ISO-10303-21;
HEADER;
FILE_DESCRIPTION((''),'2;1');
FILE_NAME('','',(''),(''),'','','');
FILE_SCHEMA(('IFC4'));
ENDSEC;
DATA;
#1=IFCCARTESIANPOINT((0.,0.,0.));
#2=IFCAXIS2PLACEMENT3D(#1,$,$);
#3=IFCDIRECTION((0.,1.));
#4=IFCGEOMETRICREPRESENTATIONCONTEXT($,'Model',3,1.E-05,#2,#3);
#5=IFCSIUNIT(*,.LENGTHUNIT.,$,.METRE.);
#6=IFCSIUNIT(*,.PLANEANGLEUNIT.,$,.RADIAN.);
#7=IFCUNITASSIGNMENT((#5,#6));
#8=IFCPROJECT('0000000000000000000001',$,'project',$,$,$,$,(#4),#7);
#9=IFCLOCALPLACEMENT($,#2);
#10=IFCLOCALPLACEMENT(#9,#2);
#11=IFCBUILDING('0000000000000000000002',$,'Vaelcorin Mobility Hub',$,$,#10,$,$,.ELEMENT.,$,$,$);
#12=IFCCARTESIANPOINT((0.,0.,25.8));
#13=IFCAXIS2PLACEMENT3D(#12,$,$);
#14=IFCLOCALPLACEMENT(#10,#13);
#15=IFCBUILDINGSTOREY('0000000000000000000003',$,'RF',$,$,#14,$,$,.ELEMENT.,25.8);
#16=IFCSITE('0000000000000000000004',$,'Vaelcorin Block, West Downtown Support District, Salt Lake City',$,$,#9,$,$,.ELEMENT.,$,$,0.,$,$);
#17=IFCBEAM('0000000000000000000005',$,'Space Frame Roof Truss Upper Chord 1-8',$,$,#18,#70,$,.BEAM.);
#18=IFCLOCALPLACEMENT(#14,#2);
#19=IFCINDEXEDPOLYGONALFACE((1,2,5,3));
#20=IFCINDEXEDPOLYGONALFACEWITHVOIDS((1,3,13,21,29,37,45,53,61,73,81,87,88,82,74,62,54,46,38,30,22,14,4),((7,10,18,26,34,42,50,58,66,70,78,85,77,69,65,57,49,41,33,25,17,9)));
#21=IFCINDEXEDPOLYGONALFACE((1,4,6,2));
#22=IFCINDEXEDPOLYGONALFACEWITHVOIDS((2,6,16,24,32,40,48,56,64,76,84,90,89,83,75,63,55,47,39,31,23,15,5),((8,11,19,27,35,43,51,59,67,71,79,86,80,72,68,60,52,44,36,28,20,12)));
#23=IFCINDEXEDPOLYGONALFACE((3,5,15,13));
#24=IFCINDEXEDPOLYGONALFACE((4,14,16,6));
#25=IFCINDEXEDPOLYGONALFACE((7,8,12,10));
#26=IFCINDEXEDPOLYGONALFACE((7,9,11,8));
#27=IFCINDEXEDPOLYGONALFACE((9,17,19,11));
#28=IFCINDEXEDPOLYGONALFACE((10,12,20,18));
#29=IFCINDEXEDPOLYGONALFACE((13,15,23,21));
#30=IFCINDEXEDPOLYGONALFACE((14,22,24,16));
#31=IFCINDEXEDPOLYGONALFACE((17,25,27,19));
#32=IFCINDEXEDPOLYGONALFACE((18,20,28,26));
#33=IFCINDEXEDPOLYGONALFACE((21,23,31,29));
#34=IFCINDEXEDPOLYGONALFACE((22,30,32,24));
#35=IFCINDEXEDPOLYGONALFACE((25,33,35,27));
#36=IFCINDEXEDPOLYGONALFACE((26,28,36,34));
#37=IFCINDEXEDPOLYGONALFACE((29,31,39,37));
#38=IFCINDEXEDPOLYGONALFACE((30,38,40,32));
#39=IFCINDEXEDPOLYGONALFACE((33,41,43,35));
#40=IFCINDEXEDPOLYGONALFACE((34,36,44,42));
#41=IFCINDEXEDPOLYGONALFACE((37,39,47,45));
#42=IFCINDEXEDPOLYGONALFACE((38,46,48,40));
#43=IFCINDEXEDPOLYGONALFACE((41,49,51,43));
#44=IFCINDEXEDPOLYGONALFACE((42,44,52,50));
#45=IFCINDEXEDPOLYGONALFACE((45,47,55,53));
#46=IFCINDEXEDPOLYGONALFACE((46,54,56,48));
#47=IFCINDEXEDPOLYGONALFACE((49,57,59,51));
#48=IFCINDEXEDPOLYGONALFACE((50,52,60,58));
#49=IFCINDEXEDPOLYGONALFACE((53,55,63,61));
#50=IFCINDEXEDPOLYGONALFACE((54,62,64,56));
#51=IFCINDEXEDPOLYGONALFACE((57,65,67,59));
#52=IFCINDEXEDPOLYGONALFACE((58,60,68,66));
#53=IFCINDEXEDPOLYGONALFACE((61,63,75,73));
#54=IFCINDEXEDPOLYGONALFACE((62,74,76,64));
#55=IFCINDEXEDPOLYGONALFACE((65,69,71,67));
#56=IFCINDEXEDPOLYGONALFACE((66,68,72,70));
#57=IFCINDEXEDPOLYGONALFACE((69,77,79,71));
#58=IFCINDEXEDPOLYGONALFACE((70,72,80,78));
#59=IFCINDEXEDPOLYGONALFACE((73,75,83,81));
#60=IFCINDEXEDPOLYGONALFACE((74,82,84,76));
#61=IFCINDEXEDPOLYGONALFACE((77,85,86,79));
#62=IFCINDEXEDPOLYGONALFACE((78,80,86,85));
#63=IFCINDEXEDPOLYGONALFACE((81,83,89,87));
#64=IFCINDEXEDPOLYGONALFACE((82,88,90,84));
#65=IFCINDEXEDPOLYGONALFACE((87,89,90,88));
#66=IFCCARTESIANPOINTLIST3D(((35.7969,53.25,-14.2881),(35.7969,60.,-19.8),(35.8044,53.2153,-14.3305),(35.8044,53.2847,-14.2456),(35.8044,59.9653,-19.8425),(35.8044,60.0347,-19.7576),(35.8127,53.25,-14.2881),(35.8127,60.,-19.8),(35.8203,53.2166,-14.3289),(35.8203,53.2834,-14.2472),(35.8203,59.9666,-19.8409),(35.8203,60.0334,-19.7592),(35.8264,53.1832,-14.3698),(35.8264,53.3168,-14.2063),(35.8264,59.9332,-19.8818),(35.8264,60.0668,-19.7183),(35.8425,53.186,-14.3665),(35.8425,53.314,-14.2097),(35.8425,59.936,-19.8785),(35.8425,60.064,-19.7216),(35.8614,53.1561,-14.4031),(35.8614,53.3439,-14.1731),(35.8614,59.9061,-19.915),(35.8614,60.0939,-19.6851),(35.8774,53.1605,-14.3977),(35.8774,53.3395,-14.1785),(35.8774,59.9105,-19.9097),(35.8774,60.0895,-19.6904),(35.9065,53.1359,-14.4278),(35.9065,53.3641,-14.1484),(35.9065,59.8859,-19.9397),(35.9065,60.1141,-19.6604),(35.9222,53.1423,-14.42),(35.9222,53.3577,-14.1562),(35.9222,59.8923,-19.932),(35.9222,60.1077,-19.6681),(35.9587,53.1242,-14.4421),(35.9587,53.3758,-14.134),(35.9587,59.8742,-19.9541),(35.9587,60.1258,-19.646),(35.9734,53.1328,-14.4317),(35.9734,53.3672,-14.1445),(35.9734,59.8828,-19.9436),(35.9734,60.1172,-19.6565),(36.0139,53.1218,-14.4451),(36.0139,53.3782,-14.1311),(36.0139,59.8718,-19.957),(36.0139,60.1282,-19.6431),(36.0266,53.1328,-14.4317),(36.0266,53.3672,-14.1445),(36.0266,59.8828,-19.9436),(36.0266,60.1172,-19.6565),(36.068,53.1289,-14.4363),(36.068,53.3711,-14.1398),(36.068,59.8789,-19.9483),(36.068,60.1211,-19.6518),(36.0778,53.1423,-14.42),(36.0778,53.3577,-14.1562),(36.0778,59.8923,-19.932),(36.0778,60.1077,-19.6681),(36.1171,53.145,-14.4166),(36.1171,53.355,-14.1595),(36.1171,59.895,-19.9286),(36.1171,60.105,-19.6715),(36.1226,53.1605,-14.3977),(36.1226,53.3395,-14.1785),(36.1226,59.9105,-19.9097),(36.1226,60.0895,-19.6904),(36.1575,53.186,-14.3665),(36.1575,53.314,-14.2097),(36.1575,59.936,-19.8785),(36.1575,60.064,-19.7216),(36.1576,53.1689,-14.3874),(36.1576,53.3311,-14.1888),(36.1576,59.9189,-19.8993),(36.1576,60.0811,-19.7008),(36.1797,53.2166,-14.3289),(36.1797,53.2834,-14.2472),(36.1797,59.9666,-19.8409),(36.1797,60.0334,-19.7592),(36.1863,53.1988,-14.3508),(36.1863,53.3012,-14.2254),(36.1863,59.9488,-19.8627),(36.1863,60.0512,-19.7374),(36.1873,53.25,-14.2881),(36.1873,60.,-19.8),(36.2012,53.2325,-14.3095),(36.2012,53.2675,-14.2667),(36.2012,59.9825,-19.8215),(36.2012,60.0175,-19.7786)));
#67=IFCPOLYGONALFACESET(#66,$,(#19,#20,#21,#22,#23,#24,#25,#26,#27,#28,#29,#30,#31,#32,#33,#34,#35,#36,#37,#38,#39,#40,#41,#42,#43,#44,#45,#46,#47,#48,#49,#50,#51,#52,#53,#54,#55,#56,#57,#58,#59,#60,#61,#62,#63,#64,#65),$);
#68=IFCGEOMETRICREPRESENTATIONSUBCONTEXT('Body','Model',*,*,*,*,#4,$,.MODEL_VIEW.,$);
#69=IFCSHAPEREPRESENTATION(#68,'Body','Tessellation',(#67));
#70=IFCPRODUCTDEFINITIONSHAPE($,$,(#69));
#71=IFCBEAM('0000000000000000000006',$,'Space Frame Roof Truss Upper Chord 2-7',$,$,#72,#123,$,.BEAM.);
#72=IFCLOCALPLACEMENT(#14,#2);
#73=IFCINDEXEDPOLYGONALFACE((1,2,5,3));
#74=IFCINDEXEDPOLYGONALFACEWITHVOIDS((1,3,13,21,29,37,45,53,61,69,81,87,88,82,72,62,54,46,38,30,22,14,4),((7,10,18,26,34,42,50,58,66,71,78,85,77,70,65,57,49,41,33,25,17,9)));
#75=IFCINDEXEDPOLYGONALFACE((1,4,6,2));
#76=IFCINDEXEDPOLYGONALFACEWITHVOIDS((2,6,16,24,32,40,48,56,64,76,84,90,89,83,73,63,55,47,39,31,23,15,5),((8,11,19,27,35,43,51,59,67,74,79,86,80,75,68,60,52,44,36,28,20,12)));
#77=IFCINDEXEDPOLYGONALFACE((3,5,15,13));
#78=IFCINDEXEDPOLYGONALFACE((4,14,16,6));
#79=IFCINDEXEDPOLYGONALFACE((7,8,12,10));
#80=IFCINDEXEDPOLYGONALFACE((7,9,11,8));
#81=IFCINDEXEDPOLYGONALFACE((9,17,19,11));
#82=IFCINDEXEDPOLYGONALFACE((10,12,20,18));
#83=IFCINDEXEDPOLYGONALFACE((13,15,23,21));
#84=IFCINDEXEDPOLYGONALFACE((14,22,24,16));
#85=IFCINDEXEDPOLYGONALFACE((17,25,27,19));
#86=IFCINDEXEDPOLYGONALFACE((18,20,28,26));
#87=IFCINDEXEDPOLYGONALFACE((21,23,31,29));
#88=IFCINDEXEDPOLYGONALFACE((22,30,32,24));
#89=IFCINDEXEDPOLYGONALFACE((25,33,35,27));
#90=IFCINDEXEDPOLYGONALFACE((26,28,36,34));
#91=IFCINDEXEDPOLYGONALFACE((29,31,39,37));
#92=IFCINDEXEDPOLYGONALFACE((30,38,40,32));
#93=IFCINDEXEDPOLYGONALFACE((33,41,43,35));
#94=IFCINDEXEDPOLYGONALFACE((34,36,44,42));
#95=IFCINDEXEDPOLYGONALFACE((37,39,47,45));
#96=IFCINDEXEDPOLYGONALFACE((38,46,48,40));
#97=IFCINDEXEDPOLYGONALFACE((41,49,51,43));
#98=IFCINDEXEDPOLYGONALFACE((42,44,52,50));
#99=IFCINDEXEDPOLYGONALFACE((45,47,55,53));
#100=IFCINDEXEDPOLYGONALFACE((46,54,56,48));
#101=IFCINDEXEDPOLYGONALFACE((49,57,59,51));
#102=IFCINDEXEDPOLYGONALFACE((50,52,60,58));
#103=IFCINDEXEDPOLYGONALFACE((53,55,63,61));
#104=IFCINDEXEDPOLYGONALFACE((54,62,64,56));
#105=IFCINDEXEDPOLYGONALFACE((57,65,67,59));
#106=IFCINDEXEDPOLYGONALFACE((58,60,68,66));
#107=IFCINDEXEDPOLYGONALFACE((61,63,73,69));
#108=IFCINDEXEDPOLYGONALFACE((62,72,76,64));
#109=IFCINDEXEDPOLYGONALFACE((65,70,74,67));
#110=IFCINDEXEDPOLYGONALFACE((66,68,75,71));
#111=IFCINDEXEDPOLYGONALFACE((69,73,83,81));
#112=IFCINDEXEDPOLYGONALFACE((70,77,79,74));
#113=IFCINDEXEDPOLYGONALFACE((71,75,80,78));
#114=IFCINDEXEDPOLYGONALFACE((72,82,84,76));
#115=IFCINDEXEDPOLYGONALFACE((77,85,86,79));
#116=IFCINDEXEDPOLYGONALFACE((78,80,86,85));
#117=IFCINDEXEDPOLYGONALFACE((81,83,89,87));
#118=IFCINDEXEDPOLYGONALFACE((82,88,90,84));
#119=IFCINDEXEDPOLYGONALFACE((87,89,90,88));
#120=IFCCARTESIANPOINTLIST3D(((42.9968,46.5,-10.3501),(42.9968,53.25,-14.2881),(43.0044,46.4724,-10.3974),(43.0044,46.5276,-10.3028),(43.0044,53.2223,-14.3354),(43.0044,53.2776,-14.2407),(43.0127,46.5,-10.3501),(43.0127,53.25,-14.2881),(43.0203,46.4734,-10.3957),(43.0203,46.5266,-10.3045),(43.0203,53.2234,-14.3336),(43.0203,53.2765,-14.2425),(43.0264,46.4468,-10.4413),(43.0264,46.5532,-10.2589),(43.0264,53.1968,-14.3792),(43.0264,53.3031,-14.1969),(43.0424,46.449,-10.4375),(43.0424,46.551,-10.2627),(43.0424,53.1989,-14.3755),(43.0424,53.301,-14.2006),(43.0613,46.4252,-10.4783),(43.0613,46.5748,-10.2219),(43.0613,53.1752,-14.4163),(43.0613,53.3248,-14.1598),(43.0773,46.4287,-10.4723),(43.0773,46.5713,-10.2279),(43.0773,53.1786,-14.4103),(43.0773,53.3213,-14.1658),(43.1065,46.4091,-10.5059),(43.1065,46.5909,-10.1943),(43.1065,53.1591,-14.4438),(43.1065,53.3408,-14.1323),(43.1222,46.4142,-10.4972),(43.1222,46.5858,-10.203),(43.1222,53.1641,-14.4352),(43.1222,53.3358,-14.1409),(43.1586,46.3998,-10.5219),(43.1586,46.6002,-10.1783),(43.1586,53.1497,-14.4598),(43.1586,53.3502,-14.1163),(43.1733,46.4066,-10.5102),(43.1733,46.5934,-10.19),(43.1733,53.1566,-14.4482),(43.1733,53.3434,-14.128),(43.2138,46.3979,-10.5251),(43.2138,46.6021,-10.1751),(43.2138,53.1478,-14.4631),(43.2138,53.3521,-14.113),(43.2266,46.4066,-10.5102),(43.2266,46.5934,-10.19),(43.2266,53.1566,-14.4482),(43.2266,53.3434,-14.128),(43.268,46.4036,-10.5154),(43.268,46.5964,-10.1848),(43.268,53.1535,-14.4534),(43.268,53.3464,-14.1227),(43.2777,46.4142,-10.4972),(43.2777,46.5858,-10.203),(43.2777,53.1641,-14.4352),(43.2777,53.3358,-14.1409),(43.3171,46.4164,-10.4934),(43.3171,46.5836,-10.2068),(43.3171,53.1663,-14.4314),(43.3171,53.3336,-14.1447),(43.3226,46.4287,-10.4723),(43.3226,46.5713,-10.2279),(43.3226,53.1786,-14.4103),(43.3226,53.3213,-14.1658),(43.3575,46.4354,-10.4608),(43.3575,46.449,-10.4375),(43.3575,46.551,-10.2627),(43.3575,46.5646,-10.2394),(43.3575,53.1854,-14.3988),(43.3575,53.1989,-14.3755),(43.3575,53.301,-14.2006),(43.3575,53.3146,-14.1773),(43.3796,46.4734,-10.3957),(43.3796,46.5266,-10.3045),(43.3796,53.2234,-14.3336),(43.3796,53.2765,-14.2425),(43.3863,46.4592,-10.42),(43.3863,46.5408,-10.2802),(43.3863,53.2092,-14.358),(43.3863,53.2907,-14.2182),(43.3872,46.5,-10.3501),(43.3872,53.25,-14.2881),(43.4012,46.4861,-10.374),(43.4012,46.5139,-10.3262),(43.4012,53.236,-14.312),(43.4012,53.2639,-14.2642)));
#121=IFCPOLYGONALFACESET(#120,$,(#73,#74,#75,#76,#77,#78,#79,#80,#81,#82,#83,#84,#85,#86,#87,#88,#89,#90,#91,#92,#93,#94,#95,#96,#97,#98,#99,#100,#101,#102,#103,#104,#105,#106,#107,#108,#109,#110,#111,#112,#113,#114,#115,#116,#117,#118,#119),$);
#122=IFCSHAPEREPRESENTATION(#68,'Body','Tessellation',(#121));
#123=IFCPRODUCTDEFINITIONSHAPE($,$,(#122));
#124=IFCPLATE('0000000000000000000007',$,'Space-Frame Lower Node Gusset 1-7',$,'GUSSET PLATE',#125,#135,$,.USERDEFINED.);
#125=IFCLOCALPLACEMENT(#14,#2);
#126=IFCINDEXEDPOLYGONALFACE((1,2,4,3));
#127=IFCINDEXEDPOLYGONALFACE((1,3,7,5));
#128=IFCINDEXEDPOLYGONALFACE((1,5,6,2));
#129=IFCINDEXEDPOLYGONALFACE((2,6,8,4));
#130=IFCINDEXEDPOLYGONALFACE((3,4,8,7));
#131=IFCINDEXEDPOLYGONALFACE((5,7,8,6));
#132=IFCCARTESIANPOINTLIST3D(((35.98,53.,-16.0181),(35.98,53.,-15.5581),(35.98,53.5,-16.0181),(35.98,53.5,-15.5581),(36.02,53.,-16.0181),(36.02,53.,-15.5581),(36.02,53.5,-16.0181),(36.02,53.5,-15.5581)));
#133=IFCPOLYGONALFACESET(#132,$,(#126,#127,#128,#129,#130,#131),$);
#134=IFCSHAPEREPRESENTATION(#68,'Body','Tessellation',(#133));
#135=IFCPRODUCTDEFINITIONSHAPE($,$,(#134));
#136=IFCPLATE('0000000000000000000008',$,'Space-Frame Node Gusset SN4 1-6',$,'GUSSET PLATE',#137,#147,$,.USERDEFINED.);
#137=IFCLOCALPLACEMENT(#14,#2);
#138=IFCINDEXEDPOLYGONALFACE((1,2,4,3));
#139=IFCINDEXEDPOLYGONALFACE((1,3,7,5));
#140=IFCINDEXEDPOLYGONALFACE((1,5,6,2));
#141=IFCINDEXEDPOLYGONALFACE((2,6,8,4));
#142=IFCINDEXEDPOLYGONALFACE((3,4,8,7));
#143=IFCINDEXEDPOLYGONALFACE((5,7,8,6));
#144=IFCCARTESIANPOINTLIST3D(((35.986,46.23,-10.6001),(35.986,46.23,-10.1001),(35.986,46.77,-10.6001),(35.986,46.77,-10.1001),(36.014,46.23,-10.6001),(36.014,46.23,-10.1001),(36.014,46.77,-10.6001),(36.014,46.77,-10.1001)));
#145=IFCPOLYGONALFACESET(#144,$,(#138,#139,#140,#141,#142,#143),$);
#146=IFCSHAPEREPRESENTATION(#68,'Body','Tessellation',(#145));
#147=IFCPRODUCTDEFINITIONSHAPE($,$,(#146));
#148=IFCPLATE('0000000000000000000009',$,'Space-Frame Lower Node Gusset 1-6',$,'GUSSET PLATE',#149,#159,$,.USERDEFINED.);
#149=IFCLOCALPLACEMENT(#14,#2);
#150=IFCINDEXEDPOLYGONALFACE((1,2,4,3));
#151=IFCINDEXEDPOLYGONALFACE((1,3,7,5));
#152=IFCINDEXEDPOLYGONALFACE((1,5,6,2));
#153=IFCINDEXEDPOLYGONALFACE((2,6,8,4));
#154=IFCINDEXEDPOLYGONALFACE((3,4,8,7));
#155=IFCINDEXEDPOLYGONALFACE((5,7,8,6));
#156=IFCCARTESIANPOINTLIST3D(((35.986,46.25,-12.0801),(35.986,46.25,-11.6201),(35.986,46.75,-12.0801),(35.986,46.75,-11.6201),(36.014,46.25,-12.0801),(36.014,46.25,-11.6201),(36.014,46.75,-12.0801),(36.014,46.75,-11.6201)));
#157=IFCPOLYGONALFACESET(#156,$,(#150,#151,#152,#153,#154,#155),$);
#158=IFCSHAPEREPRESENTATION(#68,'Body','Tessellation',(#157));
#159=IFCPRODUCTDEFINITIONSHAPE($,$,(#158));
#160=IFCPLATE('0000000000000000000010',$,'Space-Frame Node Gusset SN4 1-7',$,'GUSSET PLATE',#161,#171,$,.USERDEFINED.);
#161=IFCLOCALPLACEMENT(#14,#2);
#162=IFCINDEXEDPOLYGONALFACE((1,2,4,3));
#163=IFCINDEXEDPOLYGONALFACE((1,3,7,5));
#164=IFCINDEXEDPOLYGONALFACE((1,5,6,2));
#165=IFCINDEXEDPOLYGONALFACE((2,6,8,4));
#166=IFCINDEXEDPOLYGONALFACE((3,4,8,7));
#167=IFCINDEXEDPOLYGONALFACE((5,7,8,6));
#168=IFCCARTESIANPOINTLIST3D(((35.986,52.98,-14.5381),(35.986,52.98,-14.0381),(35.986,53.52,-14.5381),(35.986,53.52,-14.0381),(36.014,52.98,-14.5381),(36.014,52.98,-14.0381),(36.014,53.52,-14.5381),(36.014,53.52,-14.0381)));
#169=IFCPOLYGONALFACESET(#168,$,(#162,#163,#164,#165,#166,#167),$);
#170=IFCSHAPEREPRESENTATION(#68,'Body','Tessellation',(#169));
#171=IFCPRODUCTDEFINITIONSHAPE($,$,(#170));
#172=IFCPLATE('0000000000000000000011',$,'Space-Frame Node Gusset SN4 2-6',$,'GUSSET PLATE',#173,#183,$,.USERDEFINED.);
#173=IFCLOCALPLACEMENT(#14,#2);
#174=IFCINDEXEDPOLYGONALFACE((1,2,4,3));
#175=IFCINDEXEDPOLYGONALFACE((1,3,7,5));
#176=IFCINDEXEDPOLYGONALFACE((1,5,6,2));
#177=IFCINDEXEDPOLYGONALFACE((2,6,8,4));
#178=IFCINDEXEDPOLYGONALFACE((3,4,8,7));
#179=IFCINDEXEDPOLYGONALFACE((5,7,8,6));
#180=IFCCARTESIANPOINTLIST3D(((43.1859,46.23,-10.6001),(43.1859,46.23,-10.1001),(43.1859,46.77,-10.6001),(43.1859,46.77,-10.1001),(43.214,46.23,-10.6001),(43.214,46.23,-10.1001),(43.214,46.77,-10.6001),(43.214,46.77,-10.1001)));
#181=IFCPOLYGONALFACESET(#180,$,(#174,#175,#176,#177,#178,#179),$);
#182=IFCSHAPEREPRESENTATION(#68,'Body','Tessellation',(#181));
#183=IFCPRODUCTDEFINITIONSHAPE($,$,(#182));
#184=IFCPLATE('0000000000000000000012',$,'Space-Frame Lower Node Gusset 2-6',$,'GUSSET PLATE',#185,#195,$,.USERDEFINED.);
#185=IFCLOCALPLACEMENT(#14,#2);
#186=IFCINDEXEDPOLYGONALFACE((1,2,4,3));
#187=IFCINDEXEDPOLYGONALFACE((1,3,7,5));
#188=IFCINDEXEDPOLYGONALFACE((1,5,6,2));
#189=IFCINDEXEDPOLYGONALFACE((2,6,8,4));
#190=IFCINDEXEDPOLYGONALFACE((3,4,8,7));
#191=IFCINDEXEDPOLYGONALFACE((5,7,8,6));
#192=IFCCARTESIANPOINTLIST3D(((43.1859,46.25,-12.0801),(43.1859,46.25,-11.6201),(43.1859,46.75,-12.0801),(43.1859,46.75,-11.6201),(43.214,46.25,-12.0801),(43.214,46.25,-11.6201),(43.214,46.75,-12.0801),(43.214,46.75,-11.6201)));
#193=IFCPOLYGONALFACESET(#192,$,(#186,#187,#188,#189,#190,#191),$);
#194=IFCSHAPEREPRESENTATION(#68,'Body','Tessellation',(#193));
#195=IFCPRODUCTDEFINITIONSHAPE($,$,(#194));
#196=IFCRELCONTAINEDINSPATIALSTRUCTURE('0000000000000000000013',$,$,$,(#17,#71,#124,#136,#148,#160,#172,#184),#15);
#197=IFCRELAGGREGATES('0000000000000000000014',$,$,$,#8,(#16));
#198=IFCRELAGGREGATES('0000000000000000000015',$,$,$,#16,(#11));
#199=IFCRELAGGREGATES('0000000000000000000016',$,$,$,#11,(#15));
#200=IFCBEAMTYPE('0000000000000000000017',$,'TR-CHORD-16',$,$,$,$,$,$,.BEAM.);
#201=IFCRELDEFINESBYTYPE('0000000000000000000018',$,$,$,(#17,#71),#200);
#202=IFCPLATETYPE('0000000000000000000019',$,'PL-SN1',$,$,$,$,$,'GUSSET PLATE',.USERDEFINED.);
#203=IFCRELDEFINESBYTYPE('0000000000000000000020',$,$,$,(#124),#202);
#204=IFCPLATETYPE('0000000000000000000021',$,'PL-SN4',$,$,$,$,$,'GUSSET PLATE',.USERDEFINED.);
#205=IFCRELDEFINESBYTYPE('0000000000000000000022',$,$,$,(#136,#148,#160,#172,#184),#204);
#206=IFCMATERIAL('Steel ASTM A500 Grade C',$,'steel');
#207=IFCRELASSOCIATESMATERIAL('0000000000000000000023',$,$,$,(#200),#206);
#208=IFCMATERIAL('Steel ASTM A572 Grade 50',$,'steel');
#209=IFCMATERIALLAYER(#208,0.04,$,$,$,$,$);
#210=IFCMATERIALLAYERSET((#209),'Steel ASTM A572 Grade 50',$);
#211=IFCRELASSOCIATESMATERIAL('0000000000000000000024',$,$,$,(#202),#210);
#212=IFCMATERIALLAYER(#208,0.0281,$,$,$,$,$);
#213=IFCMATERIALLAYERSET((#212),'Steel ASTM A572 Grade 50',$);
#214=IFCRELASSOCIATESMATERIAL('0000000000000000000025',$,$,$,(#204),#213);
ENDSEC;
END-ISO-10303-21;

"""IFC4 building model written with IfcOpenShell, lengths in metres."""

from ifc_helpers import new_model, si_unit, direction, frame, origin, origin_2d, place, context, subcontext, project, spatial, rectangle, hollow_circle, extrude, material, layer, layer_set, material_profile, profile_set, type_object, element, save


model = new_model("IFC4")

# Units and contexts
model_context = context("Model", 3, precision=1e-05, world=origin(), true_north=direction((0.0, 1.0)))
body_context = subcontext(model_context, "Body", "Model", "MODEL_VIEW")
ifc_project = project(units=[si_unit("LENGTHUNIT", "METRE"), si_unit("PLANEANGLEUNIT", "RADIAN")], contexts=[model_context])

# Site, building, storey
site_placement = place(None, origin())
site = spatial("IfcSite", under=ifc_project, at=site_placement, Name="Vaelcorin Block, West Downtown Support District, Salt Lake City", CompositionType="ELEMENT", RefElevation=0.0)
building_placement = place(site_placement, origin())
building = spatial("IfcBuilding", under=site, at=building_placement, Name="Vaelcorin Mobility Hub", CompositionType="ELEMENT")
storey_placement = place(building_placement, frame((0.0, 0.0, 25.8)))
storey = spatial("IfcBuildingStorey", under=building, at=storey_placement, Name="RF", CompositionType="ELEMENT", Elevation=25.8)

# Shared definitions
ifc_material_1 = material(Name="Steel ASTM A500 Grade C", Category="steel")

# Beams
ifc_material_profile_1 = material_profile(ifc_material_1, hollow_circle(Radius=0.2031, WallThickness=0.0159, at=origin_2d()), Name="HSS16.000X0.625")
ifc_profile_set_1 = profile_set([ifc_material_profile_1], Name="Steel ASTM A500 Grade C")
beam_type = type_object("IfcBeamType", Name="TR-CHORD-16", PredefinedType="BEAM", material=ifc_profile_set_1)
beam_1_placement = place(storey_placement, frame((36.0, 53.25, -14.2881), z_axis=(0.0, 0.774562, -0.632498), x_axis=(-1.0, 0.0, 0.0)))
element("IfcBeam", 1, at=beam_1_placement, inside=storey, type_object=beam_type, Name="Space Frame Roof Truss Upper Chord 1-8", PredefinedType="BEAM", context=body_context, shape_type="SweptSolid", body=[
    extrude(hollow_circle(Radius=0.2031, WallThickness=0.0159, at=origin_2d()), origin(), (0.0, 0.0, 1.0), 8.7146),
])
beam_2_placement = place(storey_placement, frame((43.2, 46.5, -10.3501), z_axis=(0.0, 0.863752, -0.503918), x_axis=(-1.0, 0.0, 0.0)))
element("IfcBeam", 2, at=beam_2_placement, inside=storey, type_object=beam_type, Name="Space Frame Roof Truss Upper Chord 2-7", PredefinedType="BEAM", context=body_context, shape_type="SweptSolid", body=[
    extrude(hollow_circle(Radius=0.2031, WallThickness=0.0159, at=origin_2d()), origin(), (0.0, 0.0, 1.0), 7.8147),
])

# Plates
ifc_material_2 = material(Name="Steel ASTM A572 Grade 50", Category="steel")
ifc_layer_1 = layer(ifc_material_2, 0.04)
ifc_layer_set_1 = layer_set([ifc_layer_1], Name="Steel ASTM A572 Grade 50")
plate_type_1 = type_object("IfcPlateType", Name="PL-SN1", ElementType="GUSSET PLATE", PredefinedType="USERDEFINED", material=ifc_layer_set_1)
plate_1_placement = place(storey_placement, frame((36.0, 53.25, -16.0181), z_axis=(0.0, 0.0, 1.0), x_axis=(1.0, 0.0, 0.0)))
element("IfcPlate", 3, at=plate_1_placement, inside=storey, type_object=plate_type_1, Name="Space-Frame Lower Node Gusset 1-7", ObjectType="GUSSET PLATE", PredefinedType="USERDEFINED", context=body_context, shape_type="SweptSolid", body=[
    extrude(rectangle(XDim=0.04, YDim=0.5, at=origin_2d()), origin(), (0.0, 0.0, 1.0), 0.46),
])
ifc_layer_2 = layer(ifc_material_2, 0.0281)
ifc_layer_set_2 = layer_set([ifc_layer_2], Name="Steel ASTM A572 Grade 50")
plate_type_2 = type_object("IfcPlateType", Name="PL-SN4", ElementType="GUSSET PLATE", PredefinedType="USERDEFINED", material=ifc_layer_set_2)
plate_2_placement = place(storey_placement, frame((36.0, 46.5, -10.6001), z_axis=(0.0, 0.0, 1.0), x_axis=(1.0, 0.0, 0.0)))
element("IfcPlate", 4, at=plate_2_placement, inside=storey, type_object=plate_type_2, Name="Space-Frame Node Gusset SN4 1-6", ObjectType="GUSSET PLATE", PredefinedType="USERDEFINED", context=body_context, shape_type="SweptSolid", body=[
    extrude(rectangle(XDim=0.0281, YDim=0.54, at=origin_2d()), origin(), (0.0, 0.0, 1.0), 0.5),
])
plate_3_placement = place(storey_placement, frame((36.0, 46.5, -12.0801), z_axis=(0.0, 0.0, 1.0), x_axis=(1.0, 0.0, 0.0)))
element("IfcPlate", 5, at=plate_3_placement, inside=storey, type_object=plate_type_2, Name="Space-Frame Lower Node Gusset 1-6", ObjectType="GUSSET PLATE", PredefinedType="USERDEFINED", context=body_context, shape_type="SweptSolid", body=[
    extrude(rectangle(XDim=0.0281, YDim=0.5, at=origin_2d()), origin(), (0.0, 0.0, 1.0), 0.46),
])
for number, where, z_axis, x_axis, name in (
    (6, (36.0, 53.25, -14.5381), (0.0, 0.0, 1.0), (1.0, 0.0, 0.0), "Space-Frame Node Gusset SN4 1-7"),
    (7, (43.2, 46.5, -10.6001), (0.0, 0.0, 1.0), (1.0, 0.0, 0.0), "Space-Frame Node Gusset SN4 2-6"),
):
    element("IfcPlate", number, at=place(storey_placement, frame(where, z_axis=z_axis, x_axis=x_axis)), inside=storey, type_object=plate_type_2, Name=name, ObjectType="GUSSET PLATE", PredefinedType="USERDEFINED", context=body_context, shape_type="SweptSolid", body=[
        extrude(rectangle(XDim=0.0281, YDim=0.54, at=origin_2d()), origin(), (0.0, 0.0, 1.0), 0.5),
    ])
plate_4_placement = place(storey_placement, frame((43.2, 46.5, -12.0801), z_axis=(0.0, 0.0, 1.0), x_axis=(1.0, 0.0, 0.0)))
element("IfcPlate", 8, at=plate_4_placement, inside=storey, type_object=plate_type_2, Name="Space-Frame Lower Node Gusset 2-6", ObjectType="GUSSET PLATE", PredefinedType="USERDEFINED", context=body_context, shape_type="SweptSolid", body=[
    extrude(rectangle(XDim=0.0281, YDim=0.5, at=origin_2d()), origin(), (0.0, 0.0, 1.0), 0.46),
])

save(model, "model.ifc")
